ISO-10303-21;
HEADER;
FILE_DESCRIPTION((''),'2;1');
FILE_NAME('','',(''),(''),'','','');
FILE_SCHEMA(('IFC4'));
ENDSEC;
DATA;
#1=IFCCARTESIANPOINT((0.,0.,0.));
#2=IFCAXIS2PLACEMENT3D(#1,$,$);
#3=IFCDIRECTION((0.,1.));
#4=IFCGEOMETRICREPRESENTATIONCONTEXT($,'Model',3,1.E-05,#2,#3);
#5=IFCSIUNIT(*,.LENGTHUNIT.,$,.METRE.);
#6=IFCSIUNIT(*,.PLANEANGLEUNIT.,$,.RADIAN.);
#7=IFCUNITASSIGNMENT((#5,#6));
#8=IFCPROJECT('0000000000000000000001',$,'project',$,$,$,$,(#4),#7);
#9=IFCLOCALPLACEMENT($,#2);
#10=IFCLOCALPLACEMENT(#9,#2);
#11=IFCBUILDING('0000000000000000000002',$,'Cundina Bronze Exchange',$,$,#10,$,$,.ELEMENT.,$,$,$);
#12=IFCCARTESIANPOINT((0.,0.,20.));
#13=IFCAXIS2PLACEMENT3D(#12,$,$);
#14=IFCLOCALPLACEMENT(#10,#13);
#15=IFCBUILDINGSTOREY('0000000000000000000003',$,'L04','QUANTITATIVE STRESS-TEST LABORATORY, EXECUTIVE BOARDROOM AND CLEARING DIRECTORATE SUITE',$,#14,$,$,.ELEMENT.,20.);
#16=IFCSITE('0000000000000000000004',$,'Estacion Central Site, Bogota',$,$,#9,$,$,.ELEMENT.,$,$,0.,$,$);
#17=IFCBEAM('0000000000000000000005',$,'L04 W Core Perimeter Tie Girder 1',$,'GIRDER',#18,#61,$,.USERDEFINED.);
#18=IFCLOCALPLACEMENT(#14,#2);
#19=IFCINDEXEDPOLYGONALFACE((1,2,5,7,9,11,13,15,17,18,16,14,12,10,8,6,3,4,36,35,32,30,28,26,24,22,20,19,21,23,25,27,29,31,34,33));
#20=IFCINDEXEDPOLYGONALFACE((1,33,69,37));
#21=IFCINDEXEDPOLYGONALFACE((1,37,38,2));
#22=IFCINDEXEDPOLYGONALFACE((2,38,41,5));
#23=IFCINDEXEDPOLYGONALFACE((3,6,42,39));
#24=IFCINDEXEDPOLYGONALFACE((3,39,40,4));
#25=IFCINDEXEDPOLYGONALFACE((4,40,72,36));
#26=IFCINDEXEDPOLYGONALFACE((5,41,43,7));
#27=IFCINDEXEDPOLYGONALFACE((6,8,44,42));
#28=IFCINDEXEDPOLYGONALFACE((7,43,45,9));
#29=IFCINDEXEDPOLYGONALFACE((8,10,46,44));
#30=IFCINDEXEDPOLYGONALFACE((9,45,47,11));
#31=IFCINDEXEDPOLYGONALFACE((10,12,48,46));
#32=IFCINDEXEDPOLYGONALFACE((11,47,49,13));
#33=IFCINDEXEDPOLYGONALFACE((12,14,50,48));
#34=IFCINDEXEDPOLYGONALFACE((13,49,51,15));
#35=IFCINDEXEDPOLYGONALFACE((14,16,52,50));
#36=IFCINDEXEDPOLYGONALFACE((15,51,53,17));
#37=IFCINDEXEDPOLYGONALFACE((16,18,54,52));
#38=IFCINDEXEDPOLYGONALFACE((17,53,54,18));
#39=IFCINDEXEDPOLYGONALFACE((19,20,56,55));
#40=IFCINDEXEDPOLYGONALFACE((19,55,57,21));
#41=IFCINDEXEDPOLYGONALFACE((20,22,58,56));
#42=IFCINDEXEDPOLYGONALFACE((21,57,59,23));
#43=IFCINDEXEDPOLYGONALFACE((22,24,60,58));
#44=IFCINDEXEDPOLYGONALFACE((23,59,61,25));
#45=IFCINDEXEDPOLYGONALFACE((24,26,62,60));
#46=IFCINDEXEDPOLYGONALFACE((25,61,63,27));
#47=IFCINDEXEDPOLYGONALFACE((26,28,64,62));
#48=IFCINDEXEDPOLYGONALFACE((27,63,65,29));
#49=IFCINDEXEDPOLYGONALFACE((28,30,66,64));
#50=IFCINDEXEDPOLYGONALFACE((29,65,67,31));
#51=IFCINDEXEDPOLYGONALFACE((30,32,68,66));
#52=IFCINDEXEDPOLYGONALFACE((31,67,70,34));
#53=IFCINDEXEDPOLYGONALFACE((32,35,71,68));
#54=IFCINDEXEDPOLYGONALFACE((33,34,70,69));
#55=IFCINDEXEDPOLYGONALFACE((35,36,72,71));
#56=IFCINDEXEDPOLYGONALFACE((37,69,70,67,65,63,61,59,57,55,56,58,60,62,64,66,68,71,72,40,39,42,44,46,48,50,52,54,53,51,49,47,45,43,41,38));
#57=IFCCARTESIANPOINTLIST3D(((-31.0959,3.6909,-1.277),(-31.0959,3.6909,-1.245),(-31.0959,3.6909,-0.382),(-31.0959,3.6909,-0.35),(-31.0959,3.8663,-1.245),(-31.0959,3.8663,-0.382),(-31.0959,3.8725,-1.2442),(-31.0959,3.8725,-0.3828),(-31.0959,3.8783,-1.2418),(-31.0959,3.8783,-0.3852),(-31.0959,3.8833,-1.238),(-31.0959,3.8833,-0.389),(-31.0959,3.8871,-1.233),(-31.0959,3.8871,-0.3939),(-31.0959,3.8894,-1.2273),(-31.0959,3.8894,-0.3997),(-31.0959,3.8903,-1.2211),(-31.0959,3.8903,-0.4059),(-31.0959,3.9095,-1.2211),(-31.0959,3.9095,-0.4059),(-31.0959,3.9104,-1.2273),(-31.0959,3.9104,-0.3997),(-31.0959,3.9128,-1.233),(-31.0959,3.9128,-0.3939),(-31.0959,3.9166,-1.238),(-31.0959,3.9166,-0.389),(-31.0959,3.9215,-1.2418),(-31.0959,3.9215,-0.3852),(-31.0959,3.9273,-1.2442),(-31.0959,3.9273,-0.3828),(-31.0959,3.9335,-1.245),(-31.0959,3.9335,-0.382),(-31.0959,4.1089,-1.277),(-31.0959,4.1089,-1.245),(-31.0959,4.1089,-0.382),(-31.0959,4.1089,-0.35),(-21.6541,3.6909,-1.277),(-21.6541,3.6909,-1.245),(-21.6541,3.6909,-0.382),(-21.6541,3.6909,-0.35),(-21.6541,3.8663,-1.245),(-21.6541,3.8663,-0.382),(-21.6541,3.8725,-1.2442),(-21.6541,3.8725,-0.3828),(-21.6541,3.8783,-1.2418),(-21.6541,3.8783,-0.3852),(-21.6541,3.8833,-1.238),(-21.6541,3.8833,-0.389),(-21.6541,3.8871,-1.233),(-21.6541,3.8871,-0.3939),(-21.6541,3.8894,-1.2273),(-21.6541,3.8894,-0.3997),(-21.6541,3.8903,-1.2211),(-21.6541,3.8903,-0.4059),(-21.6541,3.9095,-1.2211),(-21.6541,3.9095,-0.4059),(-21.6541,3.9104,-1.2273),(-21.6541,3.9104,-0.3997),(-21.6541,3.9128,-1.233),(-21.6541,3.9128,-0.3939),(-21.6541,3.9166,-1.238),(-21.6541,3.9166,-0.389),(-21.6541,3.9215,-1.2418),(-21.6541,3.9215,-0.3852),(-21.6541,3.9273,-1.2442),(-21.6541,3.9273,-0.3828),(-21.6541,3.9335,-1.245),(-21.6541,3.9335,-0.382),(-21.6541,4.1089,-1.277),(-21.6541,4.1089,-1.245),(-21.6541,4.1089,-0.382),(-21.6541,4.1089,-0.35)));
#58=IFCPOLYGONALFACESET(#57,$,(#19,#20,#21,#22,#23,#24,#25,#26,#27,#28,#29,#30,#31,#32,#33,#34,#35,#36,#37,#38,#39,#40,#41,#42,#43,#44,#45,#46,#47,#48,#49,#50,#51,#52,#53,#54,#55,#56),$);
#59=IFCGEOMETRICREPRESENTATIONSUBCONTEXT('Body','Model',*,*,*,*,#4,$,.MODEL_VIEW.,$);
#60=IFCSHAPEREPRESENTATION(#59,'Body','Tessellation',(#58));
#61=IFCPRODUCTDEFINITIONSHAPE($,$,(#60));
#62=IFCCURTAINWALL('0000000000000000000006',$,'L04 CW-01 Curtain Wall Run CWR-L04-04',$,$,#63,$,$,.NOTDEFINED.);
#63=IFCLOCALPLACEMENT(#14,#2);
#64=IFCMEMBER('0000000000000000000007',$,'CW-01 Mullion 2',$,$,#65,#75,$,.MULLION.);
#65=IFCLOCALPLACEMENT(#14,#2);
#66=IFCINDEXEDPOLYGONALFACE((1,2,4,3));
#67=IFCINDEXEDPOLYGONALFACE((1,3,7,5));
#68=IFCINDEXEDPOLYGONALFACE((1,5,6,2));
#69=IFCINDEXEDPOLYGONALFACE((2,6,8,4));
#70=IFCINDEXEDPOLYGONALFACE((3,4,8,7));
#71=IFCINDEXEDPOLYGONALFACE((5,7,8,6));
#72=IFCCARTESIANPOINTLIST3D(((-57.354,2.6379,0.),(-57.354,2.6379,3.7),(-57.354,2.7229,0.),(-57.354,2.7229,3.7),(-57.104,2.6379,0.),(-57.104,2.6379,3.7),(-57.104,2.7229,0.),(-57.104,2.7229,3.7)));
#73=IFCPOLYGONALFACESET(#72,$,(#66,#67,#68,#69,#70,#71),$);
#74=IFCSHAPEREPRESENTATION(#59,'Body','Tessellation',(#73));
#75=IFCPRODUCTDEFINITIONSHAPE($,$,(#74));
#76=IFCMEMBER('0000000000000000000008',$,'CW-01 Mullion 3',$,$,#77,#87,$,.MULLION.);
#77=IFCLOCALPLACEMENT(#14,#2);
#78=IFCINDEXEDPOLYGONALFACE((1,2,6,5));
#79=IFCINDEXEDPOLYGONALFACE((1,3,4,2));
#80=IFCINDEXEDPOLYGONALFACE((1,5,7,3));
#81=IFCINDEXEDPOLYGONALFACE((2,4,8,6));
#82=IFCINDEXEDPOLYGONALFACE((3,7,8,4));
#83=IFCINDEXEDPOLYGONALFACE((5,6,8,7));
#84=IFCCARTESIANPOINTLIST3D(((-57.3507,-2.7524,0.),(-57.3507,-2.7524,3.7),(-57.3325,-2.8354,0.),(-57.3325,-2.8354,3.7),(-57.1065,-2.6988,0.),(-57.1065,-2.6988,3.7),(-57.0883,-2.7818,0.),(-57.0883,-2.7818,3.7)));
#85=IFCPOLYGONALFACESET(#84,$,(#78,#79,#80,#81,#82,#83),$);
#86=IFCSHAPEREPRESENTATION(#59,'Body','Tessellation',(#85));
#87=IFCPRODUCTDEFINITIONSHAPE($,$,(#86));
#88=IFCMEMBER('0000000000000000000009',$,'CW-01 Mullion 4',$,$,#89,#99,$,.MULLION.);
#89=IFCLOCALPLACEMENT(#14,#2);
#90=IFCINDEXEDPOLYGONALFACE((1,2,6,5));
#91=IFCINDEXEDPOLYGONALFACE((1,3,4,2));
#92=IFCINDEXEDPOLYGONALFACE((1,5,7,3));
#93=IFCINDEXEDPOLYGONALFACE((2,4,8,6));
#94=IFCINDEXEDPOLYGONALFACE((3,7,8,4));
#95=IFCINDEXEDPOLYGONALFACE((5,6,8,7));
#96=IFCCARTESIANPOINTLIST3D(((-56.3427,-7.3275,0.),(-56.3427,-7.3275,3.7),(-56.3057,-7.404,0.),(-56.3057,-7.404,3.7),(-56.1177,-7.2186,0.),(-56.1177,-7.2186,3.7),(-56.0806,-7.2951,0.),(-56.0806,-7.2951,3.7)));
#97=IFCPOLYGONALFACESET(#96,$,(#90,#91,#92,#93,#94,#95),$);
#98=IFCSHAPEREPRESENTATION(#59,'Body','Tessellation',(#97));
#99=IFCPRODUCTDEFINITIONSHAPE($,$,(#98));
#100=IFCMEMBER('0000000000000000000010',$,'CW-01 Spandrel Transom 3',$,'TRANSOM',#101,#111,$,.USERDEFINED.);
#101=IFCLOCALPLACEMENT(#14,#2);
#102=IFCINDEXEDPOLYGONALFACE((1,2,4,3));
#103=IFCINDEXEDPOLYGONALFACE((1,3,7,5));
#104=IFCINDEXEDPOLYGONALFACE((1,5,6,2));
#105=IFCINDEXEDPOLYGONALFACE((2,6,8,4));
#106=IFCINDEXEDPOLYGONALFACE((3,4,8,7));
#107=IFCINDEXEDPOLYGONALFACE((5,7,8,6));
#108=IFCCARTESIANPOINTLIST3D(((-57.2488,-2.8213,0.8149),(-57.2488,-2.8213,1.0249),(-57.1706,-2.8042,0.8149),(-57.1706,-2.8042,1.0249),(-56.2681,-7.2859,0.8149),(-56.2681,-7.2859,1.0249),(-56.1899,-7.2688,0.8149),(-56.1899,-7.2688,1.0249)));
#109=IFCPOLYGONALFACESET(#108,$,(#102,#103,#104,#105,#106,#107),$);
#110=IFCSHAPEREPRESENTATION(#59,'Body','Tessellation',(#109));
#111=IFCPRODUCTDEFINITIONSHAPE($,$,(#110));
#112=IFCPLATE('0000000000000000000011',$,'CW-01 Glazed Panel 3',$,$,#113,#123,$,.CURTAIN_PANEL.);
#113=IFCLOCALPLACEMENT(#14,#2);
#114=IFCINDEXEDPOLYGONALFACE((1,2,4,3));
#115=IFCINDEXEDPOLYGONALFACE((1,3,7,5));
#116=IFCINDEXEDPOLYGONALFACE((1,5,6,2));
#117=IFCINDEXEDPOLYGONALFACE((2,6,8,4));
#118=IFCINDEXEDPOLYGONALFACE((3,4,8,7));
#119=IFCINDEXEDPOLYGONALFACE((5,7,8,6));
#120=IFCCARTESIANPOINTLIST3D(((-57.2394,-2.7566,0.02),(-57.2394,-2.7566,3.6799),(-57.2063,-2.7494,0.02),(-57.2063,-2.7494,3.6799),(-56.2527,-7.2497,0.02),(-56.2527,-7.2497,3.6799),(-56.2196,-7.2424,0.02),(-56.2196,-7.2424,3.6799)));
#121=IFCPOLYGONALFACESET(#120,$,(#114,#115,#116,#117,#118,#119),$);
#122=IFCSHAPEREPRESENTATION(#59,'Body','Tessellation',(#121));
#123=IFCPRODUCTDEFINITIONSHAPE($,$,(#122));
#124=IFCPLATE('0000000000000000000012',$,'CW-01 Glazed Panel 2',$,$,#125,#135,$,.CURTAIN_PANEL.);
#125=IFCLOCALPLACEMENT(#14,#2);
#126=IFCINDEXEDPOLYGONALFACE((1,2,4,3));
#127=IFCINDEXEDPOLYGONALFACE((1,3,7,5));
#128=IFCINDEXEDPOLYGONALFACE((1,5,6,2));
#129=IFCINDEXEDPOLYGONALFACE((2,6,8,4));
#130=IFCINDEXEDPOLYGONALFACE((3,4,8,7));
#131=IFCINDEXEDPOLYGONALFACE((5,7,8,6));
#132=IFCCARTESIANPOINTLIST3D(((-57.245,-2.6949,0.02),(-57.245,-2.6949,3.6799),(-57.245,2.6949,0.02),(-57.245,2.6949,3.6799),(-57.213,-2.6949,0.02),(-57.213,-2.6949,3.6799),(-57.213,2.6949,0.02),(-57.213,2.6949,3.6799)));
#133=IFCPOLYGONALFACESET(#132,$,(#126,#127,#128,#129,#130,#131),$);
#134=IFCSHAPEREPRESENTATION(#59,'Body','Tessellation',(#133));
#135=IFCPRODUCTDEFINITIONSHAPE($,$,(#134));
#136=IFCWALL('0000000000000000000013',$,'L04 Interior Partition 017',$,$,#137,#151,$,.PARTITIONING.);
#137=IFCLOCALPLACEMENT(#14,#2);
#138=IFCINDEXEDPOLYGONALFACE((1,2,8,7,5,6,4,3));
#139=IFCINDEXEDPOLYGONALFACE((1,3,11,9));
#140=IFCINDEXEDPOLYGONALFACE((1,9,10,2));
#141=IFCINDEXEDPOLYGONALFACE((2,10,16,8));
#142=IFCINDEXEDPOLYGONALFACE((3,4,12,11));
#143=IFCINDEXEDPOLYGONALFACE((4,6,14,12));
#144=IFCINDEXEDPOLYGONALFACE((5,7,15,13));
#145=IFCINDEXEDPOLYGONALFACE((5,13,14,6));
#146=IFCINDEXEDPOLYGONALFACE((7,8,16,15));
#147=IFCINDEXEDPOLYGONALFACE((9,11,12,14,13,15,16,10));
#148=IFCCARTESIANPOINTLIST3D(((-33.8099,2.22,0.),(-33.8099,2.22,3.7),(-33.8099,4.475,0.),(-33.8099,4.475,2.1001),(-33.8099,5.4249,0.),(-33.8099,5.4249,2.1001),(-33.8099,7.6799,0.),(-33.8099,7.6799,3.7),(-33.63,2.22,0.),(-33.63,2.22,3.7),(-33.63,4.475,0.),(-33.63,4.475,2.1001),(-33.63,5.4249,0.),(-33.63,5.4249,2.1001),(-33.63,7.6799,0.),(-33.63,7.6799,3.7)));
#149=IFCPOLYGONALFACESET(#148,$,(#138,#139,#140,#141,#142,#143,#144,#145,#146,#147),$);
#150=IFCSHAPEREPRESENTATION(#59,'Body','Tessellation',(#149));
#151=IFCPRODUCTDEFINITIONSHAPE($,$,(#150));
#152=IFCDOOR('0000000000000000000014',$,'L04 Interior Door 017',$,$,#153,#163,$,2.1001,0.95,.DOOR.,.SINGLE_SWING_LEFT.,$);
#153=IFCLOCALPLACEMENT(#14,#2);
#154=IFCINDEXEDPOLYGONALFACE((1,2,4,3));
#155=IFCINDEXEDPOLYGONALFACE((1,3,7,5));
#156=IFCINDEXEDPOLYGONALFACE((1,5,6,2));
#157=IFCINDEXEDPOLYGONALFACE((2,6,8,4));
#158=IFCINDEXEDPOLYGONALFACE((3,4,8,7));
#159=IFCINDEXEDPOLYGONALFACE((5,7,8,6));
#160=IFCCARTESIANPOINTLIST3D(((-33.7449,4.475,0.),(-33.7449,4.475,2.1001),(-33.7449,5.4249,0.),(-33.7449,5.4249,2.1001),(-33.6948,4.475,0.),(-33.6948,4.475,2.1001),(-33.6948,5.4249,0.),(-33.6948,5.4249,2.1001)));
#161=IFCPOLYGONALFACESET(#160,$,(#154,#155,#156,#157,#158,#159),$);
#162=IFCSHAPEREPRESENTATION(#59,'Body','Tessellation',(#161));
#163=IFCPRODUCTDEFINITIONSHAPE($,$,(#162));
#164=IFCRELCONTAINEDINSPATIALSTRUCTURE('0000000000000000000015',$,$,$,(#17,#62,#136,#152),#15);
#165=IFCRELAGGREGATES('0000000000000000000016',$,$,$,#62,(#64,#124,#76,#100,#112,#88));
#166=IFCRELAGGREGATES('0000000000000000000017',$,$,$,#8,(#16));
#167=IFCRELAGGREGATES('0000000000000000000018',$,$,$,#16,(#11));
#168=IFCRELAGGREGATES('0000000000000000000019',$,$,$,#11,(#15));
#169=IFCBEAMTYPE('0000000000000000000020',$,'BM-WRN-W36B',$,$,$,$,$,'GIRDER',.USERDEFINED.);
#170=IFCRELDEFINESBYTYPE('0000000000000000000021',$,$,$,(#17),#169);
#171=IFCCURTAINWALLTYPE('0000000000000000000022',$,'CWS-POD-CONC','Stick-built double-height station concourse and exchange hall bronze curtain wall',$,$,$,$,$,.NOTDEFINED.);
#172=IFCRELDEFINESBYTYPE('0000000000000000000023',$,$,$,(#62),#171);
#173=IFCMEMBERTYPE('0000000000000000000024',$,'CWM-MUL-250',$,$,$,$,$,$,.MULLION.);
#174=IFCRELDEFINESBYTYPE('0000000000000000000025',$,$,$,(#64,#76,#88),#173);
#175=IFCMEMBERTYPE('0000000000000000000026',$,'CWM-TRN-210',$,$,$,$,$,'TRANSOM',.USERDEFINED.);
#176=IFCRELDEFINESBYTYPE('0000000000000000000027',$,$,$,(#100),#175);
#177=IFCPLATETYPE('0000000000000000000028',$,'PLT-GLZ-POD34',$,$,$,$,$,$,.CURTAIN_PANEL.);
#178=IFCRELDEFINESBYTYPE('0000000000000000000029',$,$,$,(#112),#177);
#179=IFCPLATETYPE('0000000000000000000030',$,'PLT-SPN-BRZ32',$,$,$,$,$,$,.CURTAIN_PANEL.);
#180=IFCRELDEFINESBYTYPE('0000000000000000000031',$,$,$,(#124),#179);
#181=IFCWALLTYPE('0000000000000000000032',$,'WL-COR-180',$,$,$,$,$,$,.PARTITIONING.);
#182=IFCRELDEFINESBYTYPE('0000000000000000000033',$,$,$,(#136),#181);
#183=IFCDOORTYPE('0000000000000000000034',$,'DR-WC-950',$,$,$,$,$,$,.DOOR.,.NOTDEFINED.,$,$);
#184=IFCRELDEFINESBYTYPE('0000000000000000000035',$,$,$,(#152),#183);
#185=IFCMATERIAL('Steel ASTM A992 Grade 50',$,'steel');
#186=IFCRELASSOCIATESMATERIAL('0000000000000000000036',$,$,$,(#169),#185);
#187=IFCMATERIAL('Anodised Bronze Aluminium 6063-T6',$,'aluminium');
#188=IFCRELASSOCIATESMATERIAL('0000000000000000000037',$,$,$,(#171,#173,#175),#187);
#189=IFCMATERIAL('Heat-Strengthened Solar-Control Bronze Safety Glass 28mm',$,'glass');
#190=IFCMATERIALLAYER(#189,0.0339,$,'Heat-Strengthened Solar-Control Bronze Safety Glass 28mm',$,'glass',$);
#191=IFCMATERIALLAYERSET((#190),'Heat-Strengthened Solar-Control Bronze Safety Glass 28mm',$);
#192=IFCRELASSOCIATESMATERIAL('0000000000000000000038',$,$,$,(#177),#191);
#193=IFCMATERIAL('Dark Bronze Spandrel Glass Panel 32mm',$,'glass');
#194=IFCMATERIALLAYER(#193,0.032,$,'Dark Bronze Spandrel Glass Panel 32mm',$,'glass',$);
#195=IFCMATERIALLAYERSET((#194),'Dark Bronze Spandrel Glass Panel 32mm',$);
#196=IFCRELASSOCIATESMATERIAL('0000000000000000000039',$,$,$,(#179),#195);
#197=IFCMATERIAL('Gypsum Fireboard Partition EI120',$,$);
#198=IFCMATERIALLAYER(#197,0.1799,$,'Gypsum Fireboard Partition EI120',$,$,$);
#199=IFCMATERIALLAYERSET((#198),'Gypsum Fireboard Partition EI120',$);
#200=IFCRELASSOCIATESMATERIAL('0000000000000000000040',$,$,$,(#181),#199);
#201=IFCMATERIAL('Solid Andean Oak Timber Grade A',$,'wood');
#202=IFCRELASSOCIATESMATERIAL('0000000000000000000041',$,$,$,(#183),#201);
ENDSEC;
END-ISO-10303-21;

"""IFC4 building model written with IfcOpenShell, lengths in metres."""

from ifc_helpers import new_model, si_unit, direction, frame, frame_2d, origin, origin_2d, place, context, subcontext, project, spatial, rectangle, i_section, extrude, material, layer, layer_set, material_profile, profile_set, type_object, element, fill, aggregate, save


model = new_model("IFC4")

# Units and contexts
model_context = context("Model", 3, precision=1e-05, world=origin(), true_north=direction((0.0, 1.0)))
body_context = subcontext(model_context, "Body", "Model", "MODEL_VIEW")
ifc_project = project(units=[si_unit("LENGTHUNIT", "METRE"), si_unit("PLANEANGLEUNIT", "RADIAN")], contexts=[model_context])

# Site, building, storey
site_placement = place(None, origin())
site = spatial("IfcSite", under=ifc_project, at=site_placement, Name="Estacion Central Site, Bogota", CompositionType="ELEMENT", RefElevation=0.0)
building_placement = place(site_placement, origin())
building = spatial("IfcBuilding", under=site, at=building_placement, Name="Cundina Bronze Exchange", CompositionType="ELEMENT")
storey_placement = place(building_placement, frame((0.0, 0.0, 20.0)))
storey = spatial("IfcBuildingStorey", under=building, at=storey_placement, Name="L04", Description="QUANTITATIVE STRESS-TEST LABORATORY, EXECUTIVE BOARDROOM AND CLEARING DIRECTORATE SUITE", CompositionType="ELEMENT", Elevation=20.0)

# Shared definitions
ifc_material_1 = material(Name="Steel ASTM A992 Grade 50", Category="steel")

# Beam
ifc_material_profile_1 = material_profile(ifc_material_1, i_section(OverallWidth=0.418, OverallDepth=0.927, WebThickness=0.0193, FlangeThickness=0.032, FilletRadius=0.0239, at=origin_2d()), Name="W36X231", Category="steel")
ifc_profile_set_1 = profile_set([ifc_material_profile_1], Name="Steel ASTM A992 Grade 50")
beam_type_1 = type_object("IfcBeamType", Name="BM-WRN-W36B", ElementType="GIRDER", PredefinedType="USERDEFINED", material=ifc_profile_set_1)
beam_1_placement = place(storey_placement, frame((-31.0959, 3.8999, -0.8135), z_axis=(1.0, 0.0, 0.0), x_axis=(0.0, 1.0, 0.0)))
element("IfcBeam", 1, at=beam_1_placement, inside=storey, type_object=beam_type_1, Name="L04 W Core Perimeter Tie Girder 1", ObjectType="GIRDER", PredefinedType="USERDEFINED", context=body_context, shape_type="SweptSolid", body=[
    extrude(i_section(OverallWidth=0.418, OverallDepth=0.927, WebThickness=0.0193, FlangeThickness=0.032, FilletRadius=0.0239, at=origin_2d()), origin(), (0.0, 0.0, 1.0), 9.4419),
])

# Curtain wall, members, plates
ifc_material_2 = material(Name="Anodised Bronze Aluminium 6063-T6", Category="aluminium")
curtain_wall_type = type_object("IfcCurtainWallType", Name="CWS-POD-CONC", Description="Stick-built double-height station concourse and exchange hall bronze curtain wall", PredefinedType="NOTDEFINED", material=ifc_material_2)
curtain_wall_placement = place(storey_placement, origin())
curtain_wall = element("IfcCurtainWall", 2, at=curtain_wall_placement, inside=storey, type_object=curtain_wall_type, Name="L04 CW-01 Curtain Wall Run CWR-L04-04", PredefinedType="NOTDEFINED")
ifc_material_profile_2 = material_profile(ifc_material_2, rectangle(XDim=0.085, YDim=0.25, at=origin_2d()), Name="AL85X250", Category="aluminium")
ifc_profile_set_2 = profile_set([ifc_material_profile_2], Name="Anodised Bronze Aluminium 6063-T6")
member_type_1 = type_object("IfcMemberType", Name="CWM-MUL-250", PredefinedType="MULLION", material=ifc_profile_set_2)
member_1_placement = place(storey_placement, frame((-57.229, 2.6804, 0.0), z_axis=(0.0, 0.0, 1.0), x_axis=(0.0, -1.0, 0.0)))
member_1 = element("IfcMember", 3, at=member_1_placement, type_object=member_type_1, Name="CW-01 Mullion 2", PredefinedType="MULLION", context=body_context, shape_type="SweptSolid", body=[
    extrude(rectangle(XDim=0.085, YDim=0.25, at=origin_2d()), origin(), (0.0, 0.0, 1.0), 3.7),
])
member_2_placement = place(storey_placement, frame((-57.2195, -2.7671, 0.0), z_axis=(0.0, 0.0, 1.0), x_axis=(0.214565, -0.97671, 0.0)))
member_2 = element("IfcMember", 4, at=member_2_placement, type_object=member_type_1, Name="CW-01 Mullion 3", PredefinedType="MULLION", context=body_context, shape_type="SweptSolid", body=[
    extrude(rectangle(XDim=0.085, YDim=0.25, at=origin_2d()), origin(), (0.0, 0.0, 1.0), 3.7),
])
member_3_placement = place(storey_placement, frame((-56.2117, -7.3113, 0.0), z_axis=(0.0, 0.0, 1.0), x_axis=(0.435702, -0.900091, 0.0)))
member_3 = element("IfcMember", 5, at=member_3_placement, type_object=member_type_1, Name="CW-01 Mullion 4", PredefinedType="MULLION", context=body_context, shape_type="SweptSolid", body=[
    extrude(rectangle(XDim=0.085, YDim=0.25, at=origin_2d()), origin(), (0.0, 0.0, 1.0), 3.7),
])
ifc_material_profile_3 = material_profile(ifc_material_2, rectangle(XDim=0.0801, YDim=0.21, at=origin_2d()), Name="AL80X210", Category="aluminium")
ifc_profile_set_3 = profile_set([ifc_material_profile_3], Name="Anodised Bronze Aluminium 6063-T6")
member_type_2 = type_object("IfcMemberType", Name="CWM-TRN-210", ElementType="TRANSOM", PredefinedType="USERDEFINED", material=ifc_profile_set_3)
member_4_placement = place(storey_placement, frame((-57.2097, -2.8127, 0.9199), z_axis=(0.214549, -0.976713, 0.0), x_axis=(0.976713, 0.214549, 0.0)))
member_4 = element("IfcMember", 6, at=member_4_placement, type_object=member_type_2, Name="CW-01 Spandrel Transom 3", ObjectType="TRANSOM", PredefinedType="USERDEFINED", context=body_context, shape_type="SweptSolid", body=[
    extrude(rectangle(XDim=0.0801, YDim=0.21, at=origin_2d()), origin(), (0.0, 0.0, 1.0), 4.571),
])
ifc_material_3 = material(Name="Heat-Strengthened Solar-Control Bronze Safety Glass 28mm", Category="glass")
ifc_layer_1 = layer(ifc_material_3, 0.0339, Name="Heat-Strengthened Solar-Control Bronze Safety Glass 28mm", Category="glass")
ifc_layer_set_1 = layer_set([ifc_layer_1], Name="Heat-Strengthened Solar-Control Bronze Safety Glass 28mm")
plate_type_1 = type_object("IfcPlateType", Name="PLT-GLZ-POD34", PredefinedType="CURTAIN_PANEL", material=ifc_layer_set_1)
plate_1_placement = place(storey_placement, frame((-56.7295, -4.9995, 0.02), z_axis=(0.0, 0.0, 1.0), x_axis=(0.214497, -0.976725, 0.0)))
plate_1 = element("IfcPlate", 7, at=plate_1_placement, type_object=plate_type_1, Name="CW-01 Glazed Panel 3", PredefinedType="CURTAIN_PANEL", context=body_context, shape_type="SweptSolid", body=[
    extrude(rectangle(XDim=4.6001, YDim=0.0339, at=origin_2d()), origin(), (0.0, 0.0, 1.0), 3.6599),
])
ifc_material_4 = material(Name="Dark Bronze Spandrel Glass Panel 32mm", Category="glass")
ifc_layer_2 = layer(ifc_material_4, 0.032, Name="Dark Bronze Spandrel Glass Panel 32mm", Category="glass")
ifc_layer_set_2 = layer_set([ifc_layer_2], Name="Dark Bronze Spandrel Glass Panel 32mm")
plate_type_2 = type_object("IfcPlateType", Name="PLT-SPN-BRZ32", PredefinedType="CURTAIN_PANEL", material=ifc_layer_set_2)
plate_2_placement = place(storey_placement, frame((-57.229, 0.0, 0.02), z_axis=(0.0, 0.0, 1.0), x_axis=(0.0, -1.0, 0.0)))
plate_2 = element("IfcPlate", 8, at=plate_2_placement, type_object=plate_type_2, Name="CW-01 Glazed Panel 2", PredefinedType="CURTAIN_PANEL", context=body_context, shape_type="SweptSolid", body=[
    extrude(rectangle(XDim=5.3899, YDim=0.032, at=origin_2d()), origin(), (0.0, 0.0, 1.0), 3.6599),
])
aggregate(curtain_wall, [member_1, plate_2, member_2, member_4, plate_1, member_3])

# Wall, opening, door
ifc_material_5 = material(Name="Gypsum Fireboard Partition EI120")
ifc_layer_3 = layer(ifc_material_5, 0.1799, Name="Gypsum Fireboard Partition EI120")
ifc_layer_set_3 = layer_set([ifc_layer_3], Name="Gypsum Fireboard Partition EI120")
wall_type_1 = type_object("IfcWallType", Name="WL-COR-180", PredefinedType="PARTITIONING", material=ifc_layer_set_3)
wall_1_placement = place(storey_placement, frame((-33.72, 2.22, 0.0), z_axis=(0.0, 0.0, 1.0), x_axis=(0.0, 1.0, 0.0)))
wall_1 = element("IfcWall", 9, at=wall_1_placement, inside=storey, type_object=wall_type_1, Name="L04 Interior Partition 017", PredefinedType="PARTITIONING", context=body_context, shape_type="SweptSolid", body=[
    extrude(rectangle(XDim=5.46, YDim=0.1799, at=frame_2d((2.73, 0.0))), origin(), (0.0, 0.0, 1.0), 3.7),
])
opening_1_placement = place(wall_1_placement, frame((2.2549, 0.0, 0.0)))
opening_1 = element("IfcOpeningElement", 10, at=opening_1_placement, cuts=wall_1, PredefinedType="OPENING", context=body_context, shape_type="SweptSolid", body=[
    extrude(rectangle(XDim=0.95, YDim=2.1001, at=frame_2d((0.4751, 1.05))), frame((0.0, 0.0999, 0.0), z_axis=(0.0, -1.0, 0.0), x_axis=(1.0, 0.0, 0.0)), (0.0, 0.0, 1.0), 0.2),
])
ifc_material_6 = material(Name="Solid Andean Oak Timber Grade A", Category="wood")
door_type_1 = type_object("IfcDoorType", Name="DR-WC-950", OperationType="NOTDEFINED", PredefinedType="DOOR", material=ifc_material_6)
door_1_placement = place(opening_1_placement, origin())
door_1 = element("IfcDoor", 11, at=door_1_placement, inside=storey, type_object=door_type_1, Name="L04 Interior Door 017", OperationType="SINGLE_SWING_LEFT", OverallHeight=2.1001, OverallWidth=0.95, PredefinedType="DOOR", context=body_context, shape_type="SweptSolid", body=[
    extrude(rectangle(XDim=0.95, YDim=2.1001, at=frame_2d((0.4751, 1.05))), frame((0.0, 0.0249, 0.0), z_axis=(0.0, -1.0, 0.0), x_axis=(1.0, 0.0, 0.0)), (0.0, 0.0, 1.0), 0.05),
])
fill(opening_1, door_1)

save(model, "model.ifc")
